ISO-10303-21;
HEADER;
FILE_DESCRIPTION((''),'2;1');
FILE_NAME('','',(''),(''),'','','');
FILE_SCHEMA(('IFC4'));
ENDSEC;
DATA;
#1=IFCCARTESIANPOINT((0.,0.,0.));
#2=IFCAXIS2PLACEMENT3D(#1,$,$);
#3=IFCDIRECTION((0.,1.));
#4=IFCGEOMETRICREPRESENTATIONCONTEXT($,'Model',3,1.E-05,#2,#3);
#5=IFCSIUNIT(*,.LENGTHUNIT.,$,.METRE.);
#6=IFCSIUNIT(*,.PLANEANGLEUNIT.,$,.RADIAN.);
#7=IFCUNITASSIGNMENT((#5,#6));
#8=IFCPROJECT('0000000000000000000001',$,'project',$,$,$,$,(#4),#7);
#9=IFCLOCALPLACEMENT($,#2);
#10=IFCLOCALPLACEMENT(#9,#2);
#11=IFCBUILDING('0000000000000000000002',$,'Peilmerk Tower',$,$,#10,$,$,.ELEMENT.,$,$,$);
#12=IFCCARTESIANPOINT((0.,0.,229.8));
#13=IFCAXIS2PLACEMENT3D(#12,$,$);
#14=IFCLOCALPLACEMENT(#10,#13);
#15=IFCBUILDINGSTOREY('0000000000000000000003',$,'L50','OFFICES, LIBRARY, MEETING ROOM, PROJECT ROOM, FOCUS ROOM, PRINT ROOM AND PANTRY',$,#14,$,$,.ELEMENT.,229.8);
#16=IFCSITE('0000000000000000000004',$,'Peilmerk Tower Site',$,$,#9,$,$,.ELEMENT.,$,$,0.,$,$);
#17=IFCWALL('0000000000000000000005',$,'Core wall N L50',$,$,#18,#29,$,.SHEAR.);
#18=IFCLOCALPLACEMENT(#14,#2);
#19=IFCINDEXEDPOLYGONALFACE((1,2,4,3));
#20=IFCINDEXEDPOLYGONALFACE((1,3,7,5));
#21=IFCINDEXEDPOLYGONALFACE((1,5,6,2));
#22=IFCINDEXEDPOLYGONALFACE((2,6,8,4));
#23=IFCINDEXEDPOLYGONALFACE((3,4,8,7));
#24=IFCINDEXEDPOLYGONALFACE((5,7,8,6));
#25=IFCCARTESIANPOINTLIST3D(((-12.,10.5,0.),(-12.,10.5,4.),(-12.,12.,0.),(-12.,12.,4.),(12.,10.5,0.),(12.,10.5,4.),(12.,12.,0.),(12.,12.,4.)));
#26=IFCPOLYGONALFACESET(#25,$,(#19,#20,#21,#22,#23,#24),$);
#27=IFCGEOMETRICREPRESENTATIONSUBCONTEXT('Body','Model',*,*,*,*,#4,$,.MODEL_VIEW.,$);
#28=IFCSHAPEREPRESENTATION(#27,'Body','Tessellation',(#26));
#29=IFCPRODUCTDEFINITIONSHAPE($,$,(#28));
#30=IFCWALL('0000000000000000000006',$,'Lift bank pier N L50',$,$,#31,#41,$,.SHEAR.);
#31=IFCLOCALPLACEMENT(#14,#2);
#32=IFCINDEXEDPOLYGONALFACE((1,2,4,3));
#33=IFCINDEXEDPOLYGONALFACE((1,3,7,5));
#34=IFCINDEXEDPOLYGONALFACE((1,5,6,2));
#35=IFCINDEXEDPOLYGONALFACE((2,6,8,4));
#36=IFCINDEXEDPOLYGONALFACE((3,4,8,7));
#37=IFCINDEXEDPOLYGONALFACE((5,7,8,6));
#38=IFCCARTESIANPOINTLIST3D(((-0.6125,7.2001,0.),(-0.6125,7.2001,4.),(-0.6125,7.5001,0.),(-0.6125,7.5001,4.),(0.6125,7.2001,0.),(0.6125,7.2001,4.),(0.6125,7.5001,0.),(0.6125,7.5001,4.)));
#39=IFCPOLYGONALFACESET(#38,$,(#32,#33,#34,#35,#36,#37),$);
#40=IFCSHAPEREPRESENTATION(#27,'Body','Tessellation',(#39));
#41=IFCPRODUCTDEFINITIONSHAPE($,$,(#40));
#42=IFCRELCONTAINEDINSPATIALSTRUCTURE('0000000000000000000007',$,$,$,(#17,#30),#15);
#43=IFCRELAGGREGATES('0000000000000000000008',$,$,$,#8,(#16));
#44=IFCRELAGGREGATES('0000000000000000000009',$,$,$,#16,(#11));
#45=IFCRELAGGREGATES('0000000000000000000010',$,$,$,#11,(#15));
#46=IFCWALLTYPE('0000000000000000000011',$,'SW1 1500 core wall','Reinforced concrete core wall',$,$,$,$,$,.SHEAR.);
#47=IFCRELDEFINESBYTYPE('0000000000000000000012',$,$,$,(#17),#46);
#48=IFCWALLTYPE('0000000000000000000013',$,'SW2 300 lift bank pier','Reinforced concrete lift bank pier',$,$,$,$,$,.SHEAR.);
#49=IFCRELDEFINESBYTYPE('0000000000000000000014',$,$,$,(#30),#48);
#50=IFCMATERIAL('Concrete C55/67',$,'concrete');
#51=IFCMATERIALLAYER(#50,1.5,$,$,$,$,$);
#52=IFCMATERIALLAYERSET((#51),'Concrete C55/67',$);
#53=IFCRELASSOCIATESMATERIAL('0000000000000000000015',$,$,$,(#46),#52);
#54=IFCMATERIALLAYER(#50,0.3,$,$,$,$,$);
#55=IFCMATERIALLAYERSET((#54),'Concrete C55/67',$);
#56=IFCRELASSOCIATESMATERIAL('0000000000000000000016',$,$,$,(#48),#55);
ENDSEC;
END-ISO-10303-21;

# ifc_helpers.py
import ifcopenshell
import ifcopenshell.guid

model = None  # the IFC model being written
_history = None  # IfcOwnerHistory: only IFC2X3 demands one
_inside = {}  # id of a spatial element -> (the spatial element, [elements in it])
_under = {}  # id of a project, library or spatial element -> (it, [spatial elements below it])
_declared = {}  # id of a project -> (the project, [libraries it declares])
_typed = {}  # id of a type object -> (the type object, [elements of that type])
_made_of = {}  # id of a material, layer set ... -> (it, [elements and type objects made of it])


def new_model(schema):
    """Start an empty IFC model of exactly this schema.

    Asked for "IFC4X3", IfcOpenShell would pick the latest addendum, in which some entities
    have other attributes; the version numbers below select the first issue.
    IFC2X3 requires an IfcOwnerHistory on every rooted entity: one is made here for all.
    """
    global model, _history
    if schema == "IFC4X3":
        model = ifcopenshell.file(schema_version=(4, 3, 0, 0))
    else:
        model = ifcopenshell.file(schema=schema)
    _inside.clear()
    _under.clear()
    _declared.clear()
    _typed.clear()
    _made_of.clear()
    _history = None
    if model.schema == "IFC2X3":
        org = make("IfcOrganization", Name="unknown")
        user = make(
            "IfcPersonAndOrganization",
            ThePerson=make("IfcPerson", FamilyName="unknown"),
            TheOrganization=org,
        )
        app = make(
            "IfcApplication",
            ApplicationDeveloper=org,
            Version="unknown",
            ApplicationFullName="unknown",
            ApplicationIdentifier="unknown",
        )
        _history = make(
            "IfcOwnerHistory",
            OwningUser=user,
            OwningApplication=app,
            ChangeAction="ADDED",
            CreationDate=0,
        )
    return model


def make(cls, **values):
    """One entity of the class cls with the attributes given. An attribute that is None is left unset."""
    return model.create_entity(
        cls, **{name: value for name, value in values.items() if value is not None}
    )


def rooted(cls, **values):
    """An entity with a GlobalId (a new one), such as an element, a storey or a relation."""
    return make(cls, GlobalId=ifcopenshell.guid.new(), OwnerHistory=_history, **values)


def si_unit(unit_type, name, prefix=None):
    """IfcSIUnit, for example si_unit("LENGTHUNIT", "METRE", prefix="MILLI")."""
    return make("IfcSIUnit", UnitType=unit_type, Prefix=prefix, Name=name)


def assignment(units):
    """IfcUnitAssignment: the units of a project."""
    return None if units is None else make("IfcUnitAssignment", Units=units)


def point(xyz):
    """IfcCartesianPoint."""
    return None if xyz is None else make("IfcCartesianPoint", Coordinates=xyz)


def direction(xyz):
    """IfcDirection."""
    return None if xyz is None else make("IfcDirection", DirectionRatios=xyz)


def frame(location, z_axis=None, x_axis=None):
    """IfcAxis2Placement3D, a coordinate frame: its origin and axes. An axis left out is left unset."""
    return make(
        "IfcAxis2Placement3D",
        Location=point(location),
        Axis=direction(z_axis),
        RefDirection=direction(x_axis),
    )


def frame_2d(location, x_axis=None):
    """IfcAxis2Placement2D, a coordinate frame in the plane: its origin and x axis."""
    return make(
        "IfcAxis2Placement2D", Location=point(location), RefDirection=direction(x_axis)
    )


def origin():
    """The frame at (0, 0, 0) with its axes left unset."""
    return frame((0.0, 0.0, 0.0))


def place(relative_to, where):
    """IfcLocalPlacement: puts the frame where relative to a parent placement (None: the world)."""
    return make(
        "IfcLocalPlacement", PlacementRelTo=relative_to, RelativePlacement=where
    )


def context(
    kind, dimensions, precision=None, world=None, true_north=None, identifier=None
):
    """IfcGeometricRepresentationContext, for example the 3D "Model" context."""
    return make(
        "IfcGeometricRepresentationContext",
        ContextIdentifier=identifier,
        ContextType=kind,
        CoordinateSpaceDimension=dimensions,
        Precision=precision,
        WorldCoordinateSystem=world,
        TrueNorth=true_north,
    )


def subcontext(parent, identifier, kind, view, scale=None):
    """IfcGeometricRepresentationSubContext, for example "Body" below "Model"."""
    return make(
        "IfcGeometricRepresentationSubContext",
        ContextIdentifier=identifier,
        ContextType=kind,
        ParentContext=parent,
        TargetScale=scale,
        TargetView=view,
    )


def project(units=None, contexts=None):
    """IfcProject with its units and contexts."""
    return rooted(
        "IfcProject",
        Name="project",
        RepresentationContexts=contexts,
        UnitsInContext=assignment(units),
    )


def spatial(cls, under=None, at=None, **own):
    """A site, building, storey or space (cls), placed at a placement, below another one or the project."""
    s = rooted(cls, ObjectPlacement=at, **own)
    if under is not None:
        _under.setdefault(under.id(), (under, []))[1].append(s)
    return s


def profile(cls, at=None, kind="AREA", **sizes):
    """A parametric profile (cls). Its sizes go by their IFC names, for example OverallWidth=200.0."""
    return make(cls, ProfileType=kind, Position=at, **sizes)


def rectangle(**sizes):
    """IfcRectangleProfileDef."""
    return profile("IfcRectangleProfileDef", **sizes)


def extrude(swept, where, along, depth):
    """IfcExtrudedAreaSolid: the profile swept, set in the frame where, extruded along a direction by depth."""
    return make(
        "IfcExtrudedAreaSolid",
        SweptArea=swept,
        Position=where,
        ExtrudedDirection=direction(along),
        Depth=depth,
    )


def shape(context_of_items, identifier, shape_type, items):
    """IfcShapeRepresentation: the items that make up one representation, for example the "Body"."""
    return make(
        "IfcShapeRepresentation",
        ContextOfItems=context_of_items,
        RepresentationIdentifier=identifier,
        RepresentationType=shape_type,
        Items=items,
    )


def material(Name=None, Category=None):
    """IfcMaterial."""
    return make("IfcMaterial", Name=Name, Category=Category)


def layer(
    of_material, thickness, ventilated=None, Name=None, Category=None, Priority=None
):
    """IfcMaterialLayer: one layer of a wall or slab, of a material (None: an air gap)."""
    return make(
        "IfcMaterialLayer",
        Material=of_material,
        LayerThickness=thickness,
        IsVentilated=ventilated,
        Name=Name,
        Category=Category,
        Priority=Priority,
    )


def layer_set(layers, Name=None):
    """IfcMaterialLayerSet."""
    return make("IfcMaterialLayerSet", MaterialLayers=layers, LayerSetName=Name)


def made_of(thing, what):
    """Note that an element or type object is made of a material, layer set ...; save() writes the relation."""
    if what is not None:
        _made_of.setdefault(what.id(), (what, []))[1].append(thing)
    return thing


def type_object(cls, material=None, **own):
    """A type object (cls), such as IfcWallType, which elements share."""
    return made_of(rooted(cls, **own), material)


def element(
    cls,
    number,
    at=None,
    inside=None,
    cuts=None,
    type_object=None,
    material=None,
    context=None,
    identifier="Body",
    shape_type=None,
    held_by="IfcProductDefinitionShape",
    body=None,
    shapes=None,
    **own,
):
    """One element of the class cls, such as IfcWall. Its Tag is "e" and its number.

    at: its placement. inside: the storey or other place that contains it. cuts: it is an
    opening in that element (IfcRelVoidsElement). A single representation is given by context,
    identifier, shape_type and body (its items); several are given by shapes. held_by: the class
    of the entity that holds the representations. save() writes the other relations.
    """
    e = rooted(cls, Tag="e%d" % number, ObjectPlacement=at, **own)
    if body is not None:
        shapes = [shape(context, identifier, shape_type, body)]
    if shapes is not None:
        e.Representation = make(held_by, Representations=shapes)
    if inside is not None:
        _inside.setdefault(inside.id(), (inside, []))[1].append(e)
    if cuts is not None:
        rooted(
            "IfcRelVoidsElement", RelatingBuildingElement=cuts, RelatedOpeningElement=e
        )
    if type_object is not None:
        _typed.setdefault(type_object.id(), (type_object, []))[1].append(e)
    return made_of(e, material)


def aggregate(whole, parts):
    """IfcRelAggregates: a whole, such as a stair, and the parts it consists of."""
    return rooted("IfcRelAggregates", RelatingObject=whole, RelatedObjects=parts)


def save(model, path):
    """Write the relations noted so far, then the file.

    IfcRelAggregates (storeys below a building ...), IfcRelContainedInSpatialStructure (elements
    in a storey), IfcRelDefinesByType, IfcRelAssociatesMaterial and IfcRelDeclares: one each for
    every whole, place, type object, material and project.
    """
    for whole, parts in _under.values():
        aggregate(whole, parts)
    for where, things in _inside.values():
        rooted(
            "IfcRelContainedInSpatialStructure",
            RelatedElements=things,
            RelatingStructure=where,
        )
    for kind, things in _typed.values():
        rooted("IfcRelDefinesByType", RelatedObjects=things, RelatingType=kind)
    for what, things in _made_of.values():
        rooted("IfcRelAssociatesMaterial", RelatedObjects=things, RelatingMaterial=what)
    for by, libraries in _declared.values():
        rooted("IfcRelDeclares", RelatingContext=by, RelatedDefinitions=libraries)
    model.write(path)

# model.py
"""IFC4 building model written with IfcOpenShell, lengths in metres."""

from ifc_helpers import new_model, si_unit, direction, frame, frame_2d, origin, place, context, subcontext, project, spatial, rectangle, extrude, material, layer, layer_set, type_object, element, save


model = new_model("IFC4")

# Units and contexts
model_context = context("Model", 3, precision=1e-05, world=origin(), true_north=direction((0.0, 1.0)))
body_context = subcontext(model_context, "Body", "Model", "MODEL_VIEW")
ifc_project = project(units=[si_unit("LENGTHUNIT", "METRE"), si_unit("PLANEANGLEUNIT", "RADIAN")], contexts=[model_context])

# Site, building, storey
site_placement = place(None, origin())
site = spatial("IfcSite", under=ifc_project, at=site_placement, Name="Peilmerk Tower Site", CompositionType="ELEMENT", RefElevation=0.0)
building_placement = place(site_placement, origin())
building = spatial("IfcBuilding", under=site, at=building_placement, Name="Peilmerk Tower", CompositionType="ELEMENT")
storey_placement = place(building_placement, frame((0.0, 0.0, 229.8)))
storey = spatial("IfcBuildingStorey", under=building, at=storey_placement, Name="L50", Description="OFFICES, LIBRARY, MEETING ROOM, PROJECT ROOM, FOCUS ROOM, PRINT ROOM AND PANTRY", CompositionType="ELEMENT", Elevation=229.8)

# Walls
ifc_material_1 = material(Name="Concrete C55/67", Category="concrete")
ifc_layer_1 = layer(ifc_material_1, 1.5)
ifc_layer_set_1 = layer_set([ifc_layer_1], Name="Concrete C55/67")
wall_type_1 = type_object("IfcWallType", Name="SW1 1500 core wall", Description="Reinforced concrete core wall", PredefinedType="SHEAR", material=ifc_layer_set_1)
wall_1_placement = place(storey_placement, frame((-12.0, 11.25, 0.0), z_axis=(0.0, 0.0, 1.0), x_axis=(1.0, 0.0, 0.0)))
element("IfcWall", 1, at=wall_1_placement, inside=storey, type_object=wall_type_1, Name="Core wall N L50", PredefinedType="SHEAR", context=body_context, shape_type="SweptSolid", body=[
    extrude(rectangle(XDim=24.0, YDim=1.5, at=frame_2d((12.0, 0.0))), origin(), (0.0, 0.0, 1.0), 4.0),
])
ifc_layer_2 = layer(ifc_material_1, 0.3)
ifc_layer_set_2 = layer_set([ifc_layer_2], Name="Concrete C55/67")
wall_type_2 = type_object("IfcWallType", Name="SW2 300 lift bank pier", Description="Reinforced concrete lift bank pier", PredefinedType="SHEAR", material=ifc_layer_set_2)
wall_2_placement = place(storey_placement, frame((-0.6125, 7.3501, 0.0), z_axis=(0.0, 0.0, 1.0), x_axis=(1.0, 0.0, 0.0)))
element("IfcWall", 2, at=wall_2_placement, inside=storey, type_object=wall_type_2, Name="Lift bank pier N L50", PredefinedType="SHEAR", context=body_context, shape_type="SweptSolid", body=[
    extrude(rectangle(XDim=1.2251, YDim=0.3, at=frame_2d((0.6125, 0.0))), origin(), (0.0, 0.0, 1.0), 4.0),
])

save(model, "model.ifc")
